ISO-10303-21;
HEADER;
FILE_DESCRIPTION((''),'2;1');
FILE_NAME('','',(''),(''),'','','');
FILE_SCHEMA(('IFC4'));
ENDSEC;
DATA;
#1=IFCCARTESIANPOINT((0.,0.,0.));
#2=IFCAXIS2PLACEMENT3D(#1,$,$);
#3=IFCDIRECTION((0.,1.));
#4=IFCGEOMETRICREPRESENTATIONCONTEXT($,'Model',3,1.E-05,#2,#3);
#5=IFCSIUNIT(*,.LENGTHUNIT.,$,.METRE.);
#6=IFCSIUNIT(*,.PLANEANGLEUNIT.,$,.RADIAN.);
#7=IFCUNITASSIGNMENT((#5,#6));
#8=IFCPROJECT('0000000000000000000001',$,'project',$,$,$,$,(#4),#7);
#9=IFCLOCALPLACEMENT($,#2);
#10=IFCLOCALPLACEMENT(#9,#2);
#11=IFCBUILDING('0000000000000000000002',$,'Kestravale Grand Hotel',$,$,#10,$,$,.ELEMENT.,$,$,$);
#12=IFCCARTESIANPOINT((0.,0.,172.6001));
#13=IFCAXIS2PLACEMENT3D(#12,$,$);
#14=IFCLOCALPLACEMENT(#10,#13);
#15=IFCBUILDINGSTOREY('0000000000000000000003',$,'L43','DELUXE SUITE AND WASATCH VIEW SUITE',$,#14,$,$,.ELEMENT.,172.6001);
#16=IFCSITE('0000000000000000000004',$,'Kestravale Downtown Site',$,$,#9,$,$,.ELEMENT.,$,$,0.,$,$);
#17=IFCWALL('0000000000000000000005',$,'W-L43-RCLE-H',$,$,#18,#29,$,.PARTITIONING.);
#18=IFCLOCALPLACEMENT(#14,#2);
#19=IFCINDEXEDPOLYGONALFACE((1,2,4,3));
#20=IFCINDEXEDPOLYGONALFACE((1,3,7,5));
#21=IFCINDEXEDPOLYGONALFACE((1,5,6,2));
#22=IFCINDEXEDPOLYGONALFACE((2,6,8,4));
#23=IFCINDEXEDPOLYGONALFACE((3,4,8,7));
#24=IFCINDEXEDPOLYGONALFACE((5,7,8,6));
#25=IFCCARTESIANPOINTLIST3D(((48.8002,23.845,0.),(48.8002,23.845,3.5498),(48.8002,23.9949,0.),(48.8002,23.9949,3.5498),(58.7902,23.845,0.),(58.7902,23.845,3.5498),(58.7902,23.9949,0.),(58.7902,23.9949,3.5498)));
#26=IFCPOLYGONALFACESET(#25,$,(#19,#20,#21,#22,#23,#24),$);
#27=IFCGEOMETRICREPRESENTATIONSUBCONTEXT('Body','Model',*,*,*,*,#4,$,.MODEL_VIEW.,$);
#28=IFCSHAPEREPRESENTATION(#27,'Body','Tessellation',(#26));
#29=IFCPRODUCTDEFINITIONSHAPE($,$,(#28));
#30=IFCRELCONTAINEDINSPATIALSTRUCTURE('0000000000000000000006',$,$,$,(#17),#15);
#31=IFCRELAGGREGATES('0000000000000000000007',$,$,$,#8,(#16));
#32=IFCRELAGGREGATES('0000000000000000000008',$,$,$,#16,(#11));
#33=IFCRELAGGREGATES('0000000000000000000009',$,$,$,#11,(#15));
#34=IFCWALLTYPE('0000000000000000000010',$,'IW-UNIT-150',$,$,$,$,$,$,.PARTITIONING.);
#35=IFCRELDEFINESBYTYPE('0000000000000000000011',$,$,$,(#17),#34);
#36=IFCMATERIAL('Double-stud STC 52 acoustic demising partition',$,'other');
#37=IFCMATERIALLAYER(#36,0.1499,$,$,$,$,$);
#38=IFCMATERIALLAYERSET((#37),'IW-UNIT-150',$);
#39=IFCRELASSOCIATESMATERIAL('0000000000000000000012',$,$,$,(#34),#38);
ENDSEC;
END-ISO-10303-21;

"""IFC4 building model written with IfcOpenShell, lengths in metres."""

from ifc_helpers import new_model, si_unit, direction, frame, frame_2d, origin, place, context, subcontext, project, spatial, rectangle, extrude, material, layer, layer_set, type_object, element, save


model = new_model("IFC4")

# Units and contexts
model_context = context("Model", 3, precision=1e-05, world=origin(), true_north=direction((0.0, 1.0)))
body_context = subcontext(model_context, "Body", "Model", "MODEL_VIEW")
ifc_project = project(units=[si_unit("LENGTHUNIT", "METRE"), si_unit("PLANEANGLEUNIT", "RADIAN")], contexts=[model_context])

# Site, building, storey
site_placement = place(None, origin())
site = spatial("IfcSite", under=ifc_project, at=site_placement, Name="Kestravale Downtown Site", CompositionType="ELEMENT", RefElevation=0.0)
building_placement = place(site_placement, origin())
building = spatial("IfcBuilding", under=site, at=building_placement, Name="Kestravale Grand Hotel", CompositionType="ELEMENT")
storey_placement = place(building_placement, frame((0.0, 0.0, 172.6001)))
storey = spatial("IfcBuildingStorey", under=building, at=storey_placement, Name="L43", Description="DELUXE SUITE AND WASATCH VIEW SUITE", CompositionType="ELEMENT", Elevation=172.6001)

# Wall
ifc_material_1 = material(Name="Double-stud STC 52 acoustic demising partition", Category="other")
ifc_layer_1 = layer(ifc_material_1, 0.1499)
ifc_layer_set_1 = layer_set([ifc_layer_1], Name="IW-UNIT-150")
wall_type_1 = type_object("IfcWallType", Name="IW-UNIT-150", PredefinedType="PARTITIONING", material=ifc_layer_set_1)
wall_1_placement = place(storey_placement, frame((48.8, 23.9199, 0.0), z_axis=(0.0, 0.0, 1.0), x_axis=(1.0, 0.0, 0.0)))
element("IfcWall", 1, at=wall_1_placement, inside=storey, type_object=wall_type_1, Name="W-L43-RCLE-H", PredefinedType="PARTITIONING", context=body_context, shape_type="SweptSolid", body=[
    extrude(rectangle(XDim=9.99, YDim=0.1499, at=frame_2d((4.9951, 0.0))), origin(), (0.0, 0.0, 1.0), 3.5498),
])

save(model, "model.ifc")
